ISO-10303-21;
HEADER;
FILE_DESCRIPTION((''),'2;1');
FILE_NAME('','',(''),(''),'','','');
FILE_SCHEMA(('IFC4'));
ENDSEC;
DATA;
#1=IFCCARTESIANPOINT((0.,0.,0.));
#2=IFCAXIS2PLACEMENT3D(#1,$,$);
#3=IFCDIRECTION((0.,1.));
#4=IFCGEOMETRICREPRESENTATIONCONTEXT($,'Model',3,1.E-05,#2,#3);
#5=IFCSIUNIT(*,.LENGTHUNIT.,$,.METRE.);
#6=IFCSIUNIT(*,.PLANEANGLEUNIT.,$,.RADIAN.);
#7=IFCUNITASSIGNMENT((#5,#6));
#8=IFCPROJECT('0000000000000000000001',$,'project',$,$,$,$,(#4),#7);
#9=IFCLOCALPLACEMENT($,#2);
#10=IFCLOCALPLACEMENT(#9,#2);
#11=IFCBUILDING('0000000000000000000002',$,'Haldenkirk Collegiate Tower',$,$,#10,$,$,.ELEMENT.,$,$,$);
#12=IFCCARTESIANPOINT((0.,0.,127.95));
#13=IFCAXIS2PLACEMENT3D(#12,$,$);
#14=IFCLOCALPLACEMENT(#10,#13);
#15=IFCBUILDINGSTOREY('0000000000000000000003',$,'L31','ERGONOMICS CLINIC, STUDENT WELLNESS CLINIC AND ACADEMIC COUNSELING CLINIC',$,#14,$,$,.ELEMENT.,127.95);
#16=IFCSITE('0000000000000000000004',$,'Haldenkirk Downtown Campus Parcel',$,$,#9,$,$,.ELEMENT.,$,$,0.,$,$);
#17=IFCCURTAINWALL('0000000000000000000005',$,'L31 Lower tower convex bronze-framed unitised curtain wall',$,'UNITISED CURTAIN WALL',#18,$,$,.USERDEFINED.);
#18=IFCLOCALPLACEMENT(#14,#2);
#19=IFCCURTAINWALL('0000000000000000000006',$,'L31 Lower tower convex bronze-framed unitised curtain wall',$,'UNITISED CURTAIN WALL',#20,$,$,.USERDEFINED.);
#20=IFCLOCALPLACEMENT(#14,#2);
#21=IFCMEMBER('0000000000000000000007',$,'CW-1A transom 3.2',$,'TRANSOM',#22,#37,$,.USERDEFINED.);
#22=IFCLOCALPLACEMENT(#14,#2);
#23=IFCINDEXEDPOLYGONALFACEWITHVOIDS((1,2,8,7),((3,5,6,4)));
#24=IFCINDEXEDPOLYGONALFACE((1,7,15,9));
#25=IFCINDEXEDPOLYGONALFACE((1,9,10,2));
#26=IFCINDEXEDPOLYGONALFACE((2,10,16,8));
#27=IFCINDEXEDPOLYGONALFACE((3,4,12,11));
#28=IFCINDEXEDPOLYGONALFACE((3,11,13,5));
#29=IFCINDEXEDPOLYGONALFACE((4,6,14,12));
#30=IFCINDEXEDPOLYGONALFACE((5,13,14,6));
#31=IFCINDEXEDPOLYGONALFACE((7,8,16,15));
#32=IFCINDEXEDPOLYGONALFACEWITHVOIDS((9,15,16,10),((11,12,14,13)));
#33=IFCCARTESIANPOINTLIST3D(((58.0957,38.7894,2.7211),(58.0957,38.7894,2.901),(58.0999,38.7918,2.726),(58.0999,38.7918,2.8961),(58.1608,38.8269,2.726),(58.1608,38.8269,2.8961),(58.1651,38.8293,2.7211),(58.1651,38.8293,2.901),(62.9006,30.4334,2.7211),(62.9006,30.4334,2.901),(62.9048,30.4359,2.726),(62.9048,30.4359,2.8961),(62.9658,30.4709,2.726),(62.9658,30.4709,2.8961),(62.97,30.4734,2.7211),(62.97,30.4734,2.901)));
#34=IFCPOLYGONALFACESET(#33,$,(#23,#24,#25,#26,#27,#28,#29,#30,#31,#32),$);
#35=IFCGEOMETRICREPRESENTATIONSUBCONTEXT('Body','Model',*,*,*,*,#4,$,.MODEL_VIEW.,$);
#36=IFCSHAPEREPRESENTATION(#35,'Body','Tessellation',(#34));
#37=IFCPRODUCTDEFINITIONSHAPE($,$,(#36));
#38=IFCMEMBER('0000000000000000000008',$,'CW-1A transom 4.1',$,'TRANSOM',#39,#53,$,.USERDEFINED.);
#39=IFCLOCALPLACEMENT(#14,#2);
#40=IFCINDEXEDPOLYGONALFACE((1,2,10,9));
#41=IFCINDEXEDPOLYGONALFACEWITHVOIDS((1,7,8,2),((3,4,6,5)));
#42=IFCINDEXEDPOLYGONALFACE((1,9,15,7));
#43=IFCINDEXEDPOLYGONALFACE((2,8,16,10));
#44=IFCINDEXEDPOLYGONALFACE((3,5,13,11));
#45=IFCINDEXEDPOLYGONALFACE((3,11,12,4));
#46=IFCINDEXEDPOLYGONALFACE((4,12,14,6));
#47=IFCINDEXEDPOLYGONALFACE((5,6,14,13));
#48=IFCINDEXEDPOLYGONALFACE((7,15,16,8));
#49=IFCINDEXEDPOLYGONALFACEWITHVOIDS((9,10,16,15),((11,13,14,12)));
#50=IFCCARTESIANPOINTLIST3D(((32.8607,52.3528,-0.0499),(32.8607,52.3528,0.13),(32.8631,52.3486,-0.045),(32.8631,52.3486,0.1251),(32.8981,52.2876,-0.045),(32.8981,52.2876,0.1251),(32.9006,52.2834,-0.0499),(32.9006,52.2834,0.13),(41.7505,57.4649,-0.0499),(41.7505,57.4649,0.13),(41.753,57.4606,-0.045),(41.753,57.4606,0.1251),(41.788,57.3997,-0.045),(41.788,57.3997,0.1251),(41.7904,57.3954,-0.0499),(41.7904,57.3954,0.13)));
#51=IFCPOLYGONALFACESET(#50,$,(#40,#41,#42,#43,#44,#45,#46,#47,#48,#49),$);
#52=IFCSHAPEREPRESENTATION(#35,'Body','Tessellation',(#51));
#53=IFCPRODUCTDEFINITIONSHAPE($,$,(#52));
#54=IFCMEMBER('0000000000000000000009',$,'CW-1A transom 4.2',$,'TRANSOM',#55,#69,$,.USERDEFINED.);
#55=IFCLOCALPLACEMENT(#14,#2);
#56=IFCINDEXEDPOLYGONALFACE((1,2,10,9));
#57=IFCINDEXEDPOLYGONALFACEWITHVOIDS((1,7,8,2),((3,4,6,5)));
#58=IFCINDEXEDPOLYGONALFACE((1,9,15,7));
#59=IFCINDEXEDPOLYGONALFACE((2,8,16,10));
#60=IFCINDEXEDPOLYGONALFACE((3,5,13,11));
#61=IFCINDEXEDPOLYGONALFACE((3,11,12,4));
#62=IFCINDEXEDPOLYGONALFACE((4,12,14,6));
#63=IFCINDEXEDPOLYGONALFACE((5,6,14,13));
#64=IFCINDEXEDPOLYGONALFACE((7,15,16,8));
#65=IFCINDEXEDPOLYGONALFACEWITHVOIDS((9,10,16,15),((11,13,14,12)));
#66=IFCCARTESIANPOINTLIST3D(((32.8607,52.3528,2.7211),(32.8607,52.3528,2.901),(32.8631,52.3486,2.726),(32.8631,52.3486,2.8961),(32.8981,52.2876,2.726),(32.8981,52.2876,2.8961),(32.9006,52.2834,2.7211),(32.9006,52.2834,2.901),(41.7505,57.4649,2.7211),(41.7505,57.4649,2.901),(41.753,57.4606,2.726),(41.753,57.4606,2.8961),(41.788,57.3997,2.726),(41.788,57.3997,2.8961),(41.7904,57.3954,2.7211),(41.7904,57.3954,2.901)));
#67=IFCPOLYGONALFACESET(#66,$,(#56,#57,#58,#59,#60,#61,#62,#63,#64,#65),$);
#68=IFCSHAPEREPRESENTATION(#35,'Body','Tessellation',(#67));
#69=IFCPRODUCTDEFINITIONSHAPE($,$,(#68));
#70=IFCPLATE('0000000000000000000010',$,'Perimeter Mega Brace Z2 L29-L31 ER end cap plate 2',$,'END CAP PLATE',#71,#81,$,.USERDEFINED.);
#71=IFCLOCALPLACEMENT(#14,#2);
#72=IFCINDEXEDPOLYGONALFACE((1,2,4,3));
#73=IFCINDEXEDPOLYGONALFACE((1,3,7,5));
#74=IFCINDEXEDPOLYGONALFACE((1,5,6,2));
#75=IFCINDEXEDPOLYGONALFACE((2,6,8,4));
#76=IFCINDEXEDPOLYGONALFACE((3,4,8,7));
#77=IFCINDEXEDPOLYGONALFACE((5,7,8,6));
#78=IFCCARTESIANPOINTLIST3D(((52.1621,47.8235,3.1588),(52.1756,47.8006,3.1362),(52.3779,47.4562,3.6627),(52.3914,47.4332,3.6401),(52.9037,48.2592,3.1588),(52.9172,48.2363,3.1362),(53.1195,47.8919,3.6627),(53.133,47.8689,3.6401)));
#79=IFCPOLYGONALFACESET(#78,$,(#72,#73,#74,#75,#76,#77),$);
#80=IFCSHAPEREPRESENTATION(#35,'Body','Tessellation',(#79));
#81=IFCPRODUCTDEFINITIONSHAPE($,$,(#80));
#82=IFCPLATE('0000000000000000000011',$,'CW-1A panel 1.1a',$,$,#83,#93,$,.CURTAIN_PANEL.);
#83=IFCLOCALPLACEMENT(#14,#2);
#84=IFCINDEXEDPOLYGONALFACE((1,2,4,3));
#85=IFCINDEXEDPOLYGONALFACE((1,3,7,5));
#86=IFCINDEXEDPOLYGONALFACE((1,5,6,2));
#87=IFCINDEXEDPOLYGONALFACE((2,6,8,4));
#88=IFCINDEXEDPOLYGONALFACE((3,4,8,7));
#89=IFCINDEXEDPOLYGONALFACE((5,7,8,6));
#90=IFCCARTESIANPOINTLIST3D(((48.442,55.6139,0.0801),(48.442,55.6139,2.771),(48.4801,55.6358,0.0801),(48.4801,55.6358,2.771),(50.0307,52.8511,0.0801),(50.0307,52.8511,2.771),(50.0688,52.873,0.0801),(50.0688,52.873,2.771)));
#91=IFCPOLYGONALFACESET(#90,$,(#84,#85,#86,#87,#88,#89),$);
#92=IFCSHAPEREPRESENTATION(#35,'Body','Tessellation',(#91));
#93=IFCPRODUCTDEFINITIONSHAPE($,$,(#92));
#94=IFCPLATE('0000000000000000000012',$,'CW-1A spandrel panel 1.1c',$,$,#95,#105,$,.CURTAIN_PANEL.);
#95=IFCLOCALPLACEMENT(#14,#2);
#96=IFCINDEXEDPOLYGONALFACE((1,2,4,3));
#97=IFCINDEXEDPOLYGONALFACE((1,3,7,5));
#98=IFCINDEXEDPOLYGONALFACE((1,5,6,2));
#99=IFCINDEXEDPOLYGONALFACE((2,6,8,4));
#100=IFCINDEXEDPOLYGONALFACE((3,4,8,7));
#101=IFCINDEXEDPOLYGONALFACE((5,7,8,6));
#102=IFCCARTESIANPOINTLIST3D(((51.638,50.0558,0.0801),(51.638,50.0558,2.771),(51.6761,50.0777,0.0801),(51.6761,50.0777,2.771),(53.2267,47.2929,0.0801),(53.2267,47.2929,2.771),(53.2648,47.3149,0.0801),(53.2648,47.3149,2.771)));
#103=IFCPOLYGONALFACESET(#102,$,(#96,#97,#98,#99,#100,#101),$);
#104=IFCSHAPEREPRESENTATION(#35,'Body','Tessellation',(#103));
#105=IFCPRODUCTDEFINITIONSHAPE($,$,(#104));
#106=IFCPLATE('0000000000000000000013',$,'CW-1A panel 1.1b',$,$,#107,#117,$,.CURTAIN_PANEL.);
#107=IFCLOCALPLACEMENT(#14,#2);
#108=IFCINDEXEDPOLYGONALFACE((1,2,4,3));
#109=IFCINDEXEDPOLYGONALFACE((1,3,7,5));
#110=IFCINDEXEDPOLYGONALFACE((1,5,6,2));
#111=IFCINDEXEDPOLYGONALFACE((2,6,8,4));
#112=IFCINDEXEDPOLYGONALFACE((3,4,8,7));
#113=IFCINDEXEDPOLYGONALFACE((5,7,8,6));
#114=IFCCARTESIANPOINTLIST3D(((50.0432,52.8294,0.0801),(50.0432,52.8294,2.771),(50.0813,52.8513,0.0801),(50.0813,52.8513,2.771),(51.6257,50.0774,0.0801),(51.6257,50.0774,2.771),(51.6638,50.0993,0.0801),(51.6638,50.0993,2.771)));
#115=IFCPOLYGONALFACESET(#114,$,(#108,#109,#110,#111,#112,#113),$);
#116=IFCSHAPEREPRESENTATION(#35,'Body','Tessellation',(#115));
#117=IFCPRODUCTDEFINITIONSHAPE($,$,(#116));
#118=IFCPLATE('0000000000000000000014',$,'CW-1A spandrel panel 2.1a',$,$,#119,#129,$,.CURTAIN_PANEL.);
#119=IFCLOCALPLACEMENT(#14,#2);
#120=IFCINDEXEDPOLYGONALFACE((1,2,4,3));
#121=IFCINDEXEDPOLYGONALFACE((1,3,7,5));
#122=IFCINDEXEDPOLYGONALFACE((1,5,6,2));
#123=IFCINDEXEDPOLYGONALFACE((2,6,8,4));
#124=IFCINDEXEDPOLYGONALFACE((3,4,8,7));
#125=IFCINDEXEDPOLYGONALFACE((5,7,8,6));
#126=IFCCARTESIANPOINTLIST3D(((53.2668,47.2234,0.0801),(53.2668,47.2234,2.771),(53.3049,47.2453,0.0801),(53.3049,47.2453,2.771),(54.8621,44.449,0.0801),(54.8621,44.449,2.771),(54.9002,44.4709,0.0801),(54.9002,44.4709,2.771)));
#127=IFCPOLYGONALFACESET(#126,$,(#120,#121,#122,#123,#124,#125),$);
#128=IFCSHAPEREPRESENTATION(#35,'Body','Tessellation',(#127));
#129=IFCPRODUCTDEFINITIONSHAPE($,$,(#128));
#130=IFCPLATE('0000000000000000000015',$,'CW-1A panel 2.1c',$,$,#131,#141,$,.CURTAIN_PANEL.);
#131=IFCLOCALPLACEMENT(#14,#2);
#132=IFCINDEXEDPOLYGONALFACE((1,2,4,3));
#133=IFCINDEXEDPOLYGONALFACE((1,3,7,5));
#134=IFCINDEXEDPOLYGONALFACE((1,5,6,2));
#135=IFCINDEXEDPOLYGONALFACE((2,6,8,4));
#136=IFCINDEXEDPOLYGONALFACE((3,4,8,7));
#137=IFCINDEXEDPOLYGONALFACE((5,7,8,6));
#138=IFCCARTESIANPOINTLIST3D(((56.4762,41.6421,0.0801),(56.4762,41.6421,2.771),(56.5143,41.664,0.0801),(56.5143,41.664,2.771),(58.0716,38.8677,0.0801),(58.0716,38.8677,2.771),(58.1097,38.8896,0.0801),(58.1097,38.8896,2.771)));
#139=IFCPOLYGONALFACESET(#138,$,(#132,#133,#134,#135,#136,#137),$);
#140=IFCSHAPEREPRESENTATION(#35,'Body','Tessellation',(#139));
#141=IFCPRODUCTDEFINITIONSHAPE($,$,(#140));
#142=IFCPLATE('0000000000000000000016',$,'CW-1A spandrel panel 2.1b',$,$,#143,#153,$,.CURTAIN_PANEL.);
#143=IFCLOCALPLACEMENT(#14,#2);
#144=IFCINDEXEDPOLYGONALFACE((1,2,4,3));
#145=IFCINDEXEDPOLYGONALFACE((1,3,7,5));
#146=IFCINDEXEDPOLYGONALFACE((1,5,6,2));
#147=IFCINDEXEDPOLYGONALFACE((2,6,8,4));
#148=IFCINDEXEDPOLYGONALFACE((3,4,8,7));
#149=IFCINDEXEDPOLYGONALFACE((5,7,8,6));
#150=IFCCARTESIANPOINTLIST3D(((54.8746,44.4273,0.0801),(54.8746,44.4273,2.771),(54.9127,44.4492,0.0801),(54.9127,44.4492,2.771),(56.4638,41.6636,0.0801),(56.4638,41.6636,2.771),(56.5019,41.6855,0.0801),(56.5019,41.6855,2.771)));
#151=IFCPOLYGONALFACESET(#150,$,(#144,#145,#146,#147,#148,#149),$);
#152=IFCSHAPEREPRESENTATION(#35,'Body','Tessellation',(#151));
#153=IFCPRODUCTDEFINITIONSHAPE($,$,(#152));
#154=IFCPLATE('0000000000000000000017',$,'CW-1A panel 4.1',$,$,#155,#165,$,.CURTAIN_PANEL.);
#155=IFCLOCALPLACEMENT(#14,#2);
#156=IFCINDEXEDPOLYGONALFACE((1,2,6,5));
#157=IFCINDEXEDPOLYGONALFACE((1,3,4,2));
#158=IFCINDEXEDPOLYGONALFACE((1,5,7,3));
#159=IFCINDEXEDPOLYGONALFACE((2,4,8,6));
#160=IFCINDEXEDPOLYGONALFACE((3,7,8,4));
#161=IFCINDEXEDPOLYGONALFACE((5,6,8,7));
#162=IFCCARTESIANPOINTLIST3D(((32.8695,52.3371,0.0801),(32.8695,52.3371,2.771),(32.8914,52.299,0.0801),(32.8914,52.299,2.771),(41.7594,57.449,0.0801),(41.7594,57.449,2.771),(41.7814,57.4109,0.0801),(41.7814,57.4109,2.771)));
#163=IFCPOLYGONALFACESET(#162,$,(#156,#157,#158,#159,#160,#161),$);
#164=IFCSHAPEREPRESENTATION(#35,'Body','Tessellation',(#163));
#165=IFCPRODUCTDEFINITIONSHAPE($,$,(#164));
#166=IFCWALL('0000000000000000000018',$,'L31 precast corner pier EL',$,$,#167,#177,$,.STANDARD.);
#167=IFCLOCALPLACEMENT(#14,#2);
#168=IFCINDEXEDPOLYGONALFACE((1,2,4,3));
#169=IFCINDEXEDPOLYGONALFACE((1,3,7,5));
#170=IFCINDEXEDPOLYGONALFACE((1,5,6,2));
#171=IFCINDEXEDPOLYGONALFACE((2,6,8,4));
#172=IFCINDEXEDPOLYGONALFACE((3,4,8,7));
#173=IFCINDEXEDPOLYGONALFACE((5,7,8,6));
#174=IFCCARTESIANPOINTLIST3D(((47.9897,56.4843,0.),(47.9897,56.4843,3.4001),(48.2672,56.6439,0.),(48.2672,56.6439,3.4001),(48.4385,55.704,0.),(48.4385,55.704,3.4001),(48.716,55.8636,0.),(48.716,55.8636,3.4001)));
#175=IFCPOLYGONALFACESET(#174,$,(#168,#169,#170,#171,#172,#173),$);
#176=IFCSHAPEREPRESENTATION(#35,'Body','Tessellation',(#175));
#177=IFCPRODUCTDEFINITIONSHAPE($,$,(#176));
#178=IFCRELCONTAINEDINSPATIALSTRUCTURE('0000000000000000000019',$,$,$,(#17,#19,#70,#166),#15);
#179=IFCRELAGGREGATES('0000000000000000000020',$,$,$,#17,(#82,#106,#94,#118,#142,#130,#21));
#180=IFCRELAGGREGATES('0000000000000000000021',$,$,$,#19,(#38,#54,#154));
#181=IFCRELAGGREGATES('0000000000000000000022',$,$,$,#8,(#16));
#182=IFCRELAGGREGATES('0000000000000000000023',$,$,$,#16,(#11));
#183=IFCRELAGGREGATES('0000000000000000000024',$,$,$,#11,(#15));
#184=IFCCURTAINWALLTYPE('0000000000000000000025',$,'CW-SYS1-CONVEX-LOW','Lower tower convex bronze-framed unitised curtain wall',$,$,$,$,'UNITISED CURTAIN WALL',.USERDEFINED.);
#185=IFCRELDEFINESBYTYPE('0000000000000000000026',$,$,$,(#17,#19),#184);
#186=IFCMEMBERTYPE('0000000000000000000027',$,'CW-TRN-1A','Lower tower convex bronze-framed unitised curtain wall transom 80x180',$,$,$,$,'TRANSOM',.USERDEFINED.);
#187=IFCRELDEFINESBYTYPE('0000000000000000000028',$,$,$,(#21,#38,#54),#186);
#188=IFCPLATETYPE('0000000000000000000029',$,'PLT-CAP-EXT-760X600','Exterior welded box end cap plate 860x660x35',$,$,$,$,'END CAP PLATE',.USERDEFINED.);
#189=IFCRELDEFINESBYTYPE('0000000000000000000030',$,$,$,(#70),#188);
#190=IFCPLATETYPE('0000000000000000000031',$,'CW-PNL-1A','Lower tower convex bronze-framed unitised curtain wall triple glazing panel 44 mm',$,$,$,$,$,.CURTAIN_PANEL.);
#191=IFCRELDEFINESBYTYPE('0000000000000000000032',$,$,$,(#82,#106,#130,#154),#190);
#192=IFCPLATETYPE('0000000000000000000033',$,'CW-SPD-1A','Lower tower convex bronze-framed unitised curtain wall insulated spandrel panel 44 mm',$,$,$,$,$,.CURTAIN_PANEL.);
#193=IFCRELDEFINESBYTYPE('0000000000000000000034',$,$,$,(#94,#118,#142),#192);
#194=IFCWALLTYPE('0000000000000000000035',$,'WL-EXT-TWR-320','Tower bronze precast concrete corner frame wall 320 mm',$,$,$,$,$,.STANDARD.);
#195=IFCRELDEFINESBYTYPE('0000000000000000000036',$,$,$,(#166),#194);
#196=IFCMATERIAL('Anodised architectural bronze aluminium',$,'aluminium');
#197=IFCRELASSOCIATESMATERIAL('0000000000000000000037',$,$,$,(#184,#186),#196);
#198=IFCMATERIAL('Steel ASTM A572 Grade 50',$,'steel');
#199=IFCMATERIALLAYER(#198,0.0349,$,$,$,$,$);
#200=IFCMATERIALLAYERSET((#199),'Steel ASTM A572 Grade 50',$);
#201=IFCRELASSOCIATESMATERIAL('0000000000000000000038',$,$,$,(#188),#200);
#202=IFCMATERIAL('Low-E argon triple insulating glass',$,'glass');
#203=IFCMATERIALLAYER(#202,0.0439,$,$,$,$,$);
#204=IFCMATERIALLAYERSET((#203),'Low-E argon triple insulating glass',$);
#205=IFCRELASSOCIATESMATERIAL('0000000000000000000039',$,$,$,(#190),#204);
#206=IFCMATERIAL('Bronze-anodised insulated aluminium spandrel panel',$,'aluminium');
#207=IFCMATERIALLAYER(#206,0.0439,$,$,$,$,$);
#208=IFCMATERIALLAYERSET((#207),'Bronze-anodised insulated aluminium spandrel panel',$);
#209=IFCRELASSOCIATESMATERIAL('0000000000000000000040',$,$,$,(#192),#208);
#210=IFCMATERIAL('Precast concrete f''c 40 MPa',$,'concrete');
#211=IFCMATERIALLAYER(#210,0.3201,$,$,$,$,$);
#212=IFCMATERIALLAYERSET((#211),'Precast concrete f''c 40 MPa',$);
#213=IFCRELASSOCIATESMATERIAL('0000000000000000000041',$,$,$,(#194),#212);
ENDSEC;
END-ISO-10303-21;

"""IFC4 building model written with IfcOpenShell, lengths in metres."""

from ifc_helpers import new_model, si_unit, direction, frame, frame_2d, origin, origin_2d, place, context, subcontext, project, spatial, rectangle, hollow_rectangle, extrude, source, transform, mapped, material, layer, layer_set, material_profile, profile_set, type_object, element, aggregate, save


model = new_model("IFC4")

# Units and contexts
model_context = context("Model", 3, precision=1e-05, world=origin(), true_north=direction((0.0, 1.0)))
body_context = subcontext(model_context, "Body", "Model", "MODEL_VIEW")
ifc_project = project(units=[si_unit("LENGTHUNIT", "METRE"), si_unit("PLANEANGLEUNIT", "RADIAN")], contexts=[model_context])

# Site, building, storey
site_placement = place(None, origin())
site = spatial("IfcSite", under=ifc_project, at=site_placement, Name="Haldenkirk Downtown Campus Parcel", CompositionType="ELEMENT", RefElevation=0.0)
building_placement = place(site_placement, origin())
building = spatial("IfcBuilding", under=site, at=building_placement, Name="Haldenkirk Collegiate Tower", CompositionType="ELEMENT")
storey_placement = place(building_placement, frame((0.0, 0.0, 127.95)))
storey = spatial("IfcBuildingStorey", under=building, at=storey_placement, Name="L31", Description="ERGONOMICS CLINIC, STUDENT WELLNESS CLINIC AND ACADEMIC COUNSELING CLINIC", CompositionType="ELEMENT", Elevation=127.95)

# Shared definitions
ifc_material_1 = material(Name="Steel ASTM A572 Grade 50", Category="steel")

# Curtain walls
ifc_material_2 = material(Name="Anodised architectural bronze aluminium", Category="aluminium")
curtain_wall_type = type_object("IfcCurtainWallType", Name="CW-SYS1-CONVEX-LOW", Description="Lower tower convex bronze-framed unitised curtain wall", ElementType="UNITISED CURTAIN WALL", PredefinedType="USERDEFINED", material=ifc_material_2)
curtain_wall_1_placement = place(storey_placement, origin())
curtain_wall_1 = element("IfcCurtainWall", 1, at=curtain_wall_1_placement, inside=storey, type_object=curtain_wall_type, Name="L31 Lower tower convex bronze-framed unitised curtain wall", ObjectType="UNITISED CURTAIN WALL", PredefinedType="USERDEFINED")
curtain_wall_2_placement = place(storey_placement, origin())
curtain_wall_2 = element("IfcCurtainWall", 2, at=curtain_wall_2_placement, inside=storey, type_object=curtain_wall_type, Name="L31 Lower tower convex bronze-framed unitised curtain wall", ObjectType="UNITISED CURTAIN WALL", PredefinedType="USERDEFINED")

# Members
ifc_material_profile_1 = material_profile(ifc_material_2, hollow_rectangle(XDim=0.0801, YDim=0.1799, WallThickness=0.0049, at=origin_2d()), Name="CW-TRN-1A")
ifc_profile_set_1 = profile_set([ifc_material_profile_1], Name="Anodised architectural bronze aluminium")
member_type_1 = type_object("IfcMemberType", Name="CW-TRN-1A", Description="Lower tower convex bronze-framed unitised curtain wall transom 80x180", ElementType="TRANSOM", PredefinedType="USERDEFINED", material=ifc_profile_set_1)
member_1_placement = place(storey_placement, frame((58.1304, 38.8093, 2.811), z_axis=(0.498491, -0.866895, 0.0), x_axis=(0.866895, 0.498491, 0.0)))
member_1 = element("IfcMember", 3, at=member_1_placement, type_object=member_type_1, Name="CW-1A transom 3.2", ObjectType="TRANSOM", PredefinedType="USERDEFINED", context=body_context, shape_type="SweptSolid", body=[
    extrude(hollow_rectangle(XDim=0.0801, YDim=0.1799, WallThickness=0.0049, at=origin_2d()), origin(), (0.0, 0.0, 1.0), 9.6389),
])
member_2_placement = place(storey_placement, frame((32.8806, 52.3181, 0.04), z_axis=(0.866891, 0.498498, 0.0), x_axis=(-0.498498, 0.866891, 0.0)))
member_2 = element("IfcMember", 4, at=member_2_placement, type_object=member_type_1, Name="CW-1A transom 4.1", ObjectType="TRANSOM", PredefinedType="USERDEFINED", context=body_context, shape_type="SweptSolid", body=[
    extrude(hollow_rectangle(XDim=0.0801, YDim=0.1799, WallThickness=0.0049, at=origin_2d()), origin(), (0.0, 0.0, 1.0), 10.2549),
])
member_3_placement = place(storey_placement, frame((32.8806, 52.3181, 2.811), z_axis=(0.866891, 0.498498, 0.0), x_axis=(-0.498498, 0.866891, 0.0)))
member_3 = element("IfcMember", 5, at=member_3_placement, type_object=member_type_1, Name="CW-1A transom 4.2", ObjectType="TRANSOM", PredefinedType="USERDEFINED", context=body_context, shape_type="SweptSolid", body=[
    extrude(hollow_rectangle(XDim=0.0801, YDim=0.1799, WallThickness=0.0049, at=origin_2d()), origin(), (0.0, 0.0, 1.0), 10.2549),
])

# Plates
ifc_layer_1 = layer(ifc_material_1, 0.0349)
ifc_layer_set_1 = layer_set([ifc_layer_1], Name="Steel ASTM A572 Grade 50")
plate_type_1 = type_object("IfcPlateType", Name="PLT-CAP-EXT-760X600", Description="Exterior welded box end cap plate 860x660x35", ElementType="END CAP PLATE", PredefinedType="USERDEFINED", material=ifc_layer_set_1)
shared_shape_1 = source(origin(), body_context, "Body", "SweptSolid", [
    extrude(rectangle(XDim=0.8601, YDim=0.6599, at=origin_2d()), origin(), (0.0, 0.0, 1.0), 0.0349),
])
plate_1_placement = place(storey_placement, frame((52.6543, 47.8347, 3.3882), z_axis=(-0.386815, 0.658394, 0.645671), x_axis=(-0.862206, -0.506557, 0.0)))
element("IfcPlate", 6, at=plate_1_placement, inside=storey, type_object=plate_type_1, Name="Perimeter Mega Brace Z2 L29-L31 ER end cap plate 2", ObjectType="END CAP PLATE", PredefinedType="USERDEFINED", context=body_context, shape_type="MappedRepresentation", body=[
    mapped(shared_shape_1, transform((0.0, 0.0, 0.0), x_axis=(1.0, 0.0, 0.0), y_axis=(0.0, 1.0, 0.0), z_axis=(0.0, 0.0, 1.0), scale=1.0)),
])
ifc_material_3 = material(Name="Low-E argon triple insulating glass", Category="glass")
ifc_layer_2 = layer(ifc_material_3, 0.0439)
ifc_layer_set_2 = layer_set([ifc_layer_2], Name="Low-E argon triple insulating glass")
plate_type_2 = type_object("IfcPlateType", Name="CW-PNL-1A", Description="Lower tower convex bronze-framed unitised curtain wall triple glazing panel 44 mm", PredefinedType="CURTAIN_PANEL", material=ifc_layer_set_2)
shared_shape_2 = source(origin(), body_context, "Body", "SweptSolid", [
    extrude(rectangle(XDim=3.187, YDim=0.0439, at=origin_2d()), origin(), (0.0, 0.0, 1.0), 2.6909),
])
plate_2_placement = place(storey_placement, frame((49.2554, 54.2434, 0.0801), z_axis=(0.0, 0.0, 1.0), x_axis=(0.49849, -0.866896, 0.0)))
plate_2 = element("IfcPlate", 7, at=plate_2_placement, type_object=plate_type_2, Name="CW-1A panel 1.1a", PredefinedType="CURTAIN_PANEL", context=body_context, shape_type="MappedRepresentation", body=[
    mapped(shared_shape_2, transform((0.0, 0.0, 0.0), x_axis=(1.0, 0.0, 0.0), y_axis=(0.0, 1.0, 0.0), z_axis=(0.0, 0.0, 1.0), scale=1.0)),
])
ifc_material_4 = material(Name="Bronze-anodised insulated aluminium spandrel panel", Category="aluminium")
ifc_layer_3 = layer(ifc_material_4, 0.0439)
ifc_layer_set_3 = layer_set([ifc_layer_3], Name="Bronze-anodised insulated aluminium spandrel panel")
plate_type_3 = type_object("IfcPlateType", Name="CW-SPD-1A", Description="Lower tower convex bronze-framed unitised curtain wall insulated spandrel panel 44 mm", PredefinedType="CURTAIN_PANEL", material=ifc_layer_set_3)
plate_3_placement = place(storey_placement, frame((52.4514, 48.6853, 0.0801), z_axis=(0.0, 0.0, 1.0), x_axis=(0.49849, -0.866896, 0.0)))
plate_3 = element("IfcPlate", 8, at=plate_3_placement, type_object=plate_type_3, Name="CW-1A spandrel panel 1.1c", PredefinedType="CURTAIN_PANEL", context=body_context, shape_type="MappedRepresentation", body=[
    mapped(shared_shape_2, transform((0.0, 0.0, 0.0), x_axis=(1.0, 0.0, 0.0), y_axis=(0.0, 1.0, 0.0), z_axis=(0.0, 0.0, 1.0), scale=1.0)),
])
shared_shape_3 = source(origin(), body_context, "Body", "SweptSolid", [
    extrude(rectangle(XDim=3.1746, YDim=0.0439, at=origin_2d()), origin(), (0.0, 0.0, 1.0), 2.6909),
])
plate_4_placement = place(storey_placement, frame((50.8535, 51.4644, 0.0801), z_axis=(0.0, 0.0, 1.0), x_axis=(0.49849, -0.866896, 0.0)))
plate_4 = element("IfcPlate", 9, at=plate_4_placement, type_object=plate_type_2, Name="CW-1A panel 1.1b", PredefinedType="CURTAIN_PANEL", context=body_context, shape_type="MappedRepresentation", body=[
    mapped(shared_shape_3, transform((0.0, 0.0, 0.0), x_axis=(1.0, 0.0, 0.0), y_axis=(0.0, 1.0, 0.0), z_axis=(0.0, 0.0, 1.0), scale=1.0)),
])
shared_shape_4 = source(origin(), body_context, "Body", "SweptSolid", [
    extrude(rectangle(XDim=3.2004, YDim=0.0439, at=origin_2d()), origin(), (0.0, 0.0, 1.0), 2.6909),
])
plate_5_placement = place(storey_placement, frame((54.0835, 45.8472, 0.0801), z_axis=(0.0, 0.0, 1.0), x_axis=(0.49849, -0.866896, 0.0)))
plate_5 = element("IfcPlate", 10, at=plate_5_placement, type_object=plate_type_3, Name="CW-1A spandrel panel 2.1a", PredefinedType="CURTAIN_PANEL", context=body_context, shape_type="MappedRepresentation", body=[
    mapped(shared_shape_4, transform((0.0, 0.0, 0.0), x_axis=(1.0, 0.0, 0.0), y_axis=(0.0, 1.0, 0.0), z_axis=(0.0, 0.0, 1.0), scale=1.0)),
])
plate_6_placement = place(storey_placement, frame((57.293, 40.2659, 0.0801), z_axis=(0.0, 0.0, 1.0), x_axis=(0.49849, -0.866896, 0.0)))
plate_6 = element("IfcPlate", 11, at=plate_6_placement, type_object=plate_type_2, Name="CW-1A panel 2.1c", PredefinedType="CURTAIN_PANEL", context=body_context, shape_type="MappedRepresentation", body=[
    mapped(shared_shape_4, transform((0.0, 0.0, 0.0), x_axis=(1.0, 0.0, 0.0), y_axis=(0.0, 1.0, 0.0), z_axis=(0.0, 0.0, 1.0), scale=1.0)),
])
shared_shape_5 = source(origin(), body_context, "Body", "SweptSolid", [
    extrude(rectangle(XDim=3.188, YDim=0.0439, at=origin_2d()), origin(), (0.0, 0.0, 1.0), 2.6909),
])
plate_7_placement = place(storey_placement, frame((55.6882, 43.0564, 0.0801), z_axis=(0.0, 0.0, 1.0), x_axis=(0.49849, -0.866896, 0.0)))
plate_7 = element("IfcPlate", 12, at=plate_7_placement, type_object=plate_type_3, Name="CW-1A spandrel panel 2.1b", PredefinedType="CURTAIN_PANEL", context=body_context, shape_type="MappedRepresentation", body=[
    mapped(shared_shape_5, transform((0.0, 0.0, 0.0), x_axis=(1.0, 0.0, 0.0), y_axis=(0.0, 1.0, 0.0), z_axis=(0.0, 0.0, 1.0), scale=1.0)),
])
aggregate(curtain_wall_1, [plate_2, plate_4, plate_3, plate_5, plate_7, plate_6, member_1])
shared_shape_6 = source(origin(), body_context, "Body", "SweptSolid", [
    extrude(rectangle(XDim=10.2549, YDim=0.0439, at=origin_2d()), origin(), (0.0, 0.0, 1.0), 2.6909),
])
plate_8_placement = place(storey_placement, frame((37.3254, 54.874, 0.0801), z_axis=(0.0, 0.0, 1.0), x_axis=(0.866896, 0.498489, 0.0)))
plate_8 = element("IfcPlate", 13, at=plate_8_placement, type_object=plate_type_2, Name="CW-1A panel 4.1", PredefinedType="CURTAIN_PANEL", context=body_context, shape_type="MappedRepresentation", body=[
    mapped(shared_shape_6, transform((0.0, 0.0, 0.0), x_axis=(1.0, 0.0, 0.0), y_axis=(0.0, 1.0, 0.0), z_axis=(0.0, 0.0, 1.0), scale=1.0)),
])
aggregate(curtain_wall_2, [member_2, member_3, plate_8])

# Wall
ifc_material_5 = material(Name="Precast concrete f'c 40 MPa", Category="concrete")
ifc_layer_4 = layer(ifc_material_5, 0.3201)
ifc_layer_set_4 = layer_set([ifc_layer_4], Name="Precast concrete f'c 40 MPa")
wall_type = type_object("IfcWallType", Name="WL-EXT-TWR-320", Description="Tower bronze precast concrete corner frame wall 320 mm", PredefinedType="STANDARD", material=ifc_layer_set_4)
wall_1_placement = place(storey_placement, frame((48.1284, 56.5642, 0.0), z_axis=(0.0, 0.0, 1.0), x_axis=(0.498532, -0.866871, 0.0)))
element("IfcWall", 14, at=wall_1_placement, inside=storey, type_object=wall_type, Name="L31 precast corner pier EL", PredefinedType="STANDARD", context=body_context, shape_type="SweptSolid", body=[
    extrude(rectangle(XDim=0.9001, YDim=0.3201, at=frame_2d((0.4502, 0.0))), origin(), (0.0, 0.0, 1.0), 3.4001),
])

save(model, "model.ifc")
